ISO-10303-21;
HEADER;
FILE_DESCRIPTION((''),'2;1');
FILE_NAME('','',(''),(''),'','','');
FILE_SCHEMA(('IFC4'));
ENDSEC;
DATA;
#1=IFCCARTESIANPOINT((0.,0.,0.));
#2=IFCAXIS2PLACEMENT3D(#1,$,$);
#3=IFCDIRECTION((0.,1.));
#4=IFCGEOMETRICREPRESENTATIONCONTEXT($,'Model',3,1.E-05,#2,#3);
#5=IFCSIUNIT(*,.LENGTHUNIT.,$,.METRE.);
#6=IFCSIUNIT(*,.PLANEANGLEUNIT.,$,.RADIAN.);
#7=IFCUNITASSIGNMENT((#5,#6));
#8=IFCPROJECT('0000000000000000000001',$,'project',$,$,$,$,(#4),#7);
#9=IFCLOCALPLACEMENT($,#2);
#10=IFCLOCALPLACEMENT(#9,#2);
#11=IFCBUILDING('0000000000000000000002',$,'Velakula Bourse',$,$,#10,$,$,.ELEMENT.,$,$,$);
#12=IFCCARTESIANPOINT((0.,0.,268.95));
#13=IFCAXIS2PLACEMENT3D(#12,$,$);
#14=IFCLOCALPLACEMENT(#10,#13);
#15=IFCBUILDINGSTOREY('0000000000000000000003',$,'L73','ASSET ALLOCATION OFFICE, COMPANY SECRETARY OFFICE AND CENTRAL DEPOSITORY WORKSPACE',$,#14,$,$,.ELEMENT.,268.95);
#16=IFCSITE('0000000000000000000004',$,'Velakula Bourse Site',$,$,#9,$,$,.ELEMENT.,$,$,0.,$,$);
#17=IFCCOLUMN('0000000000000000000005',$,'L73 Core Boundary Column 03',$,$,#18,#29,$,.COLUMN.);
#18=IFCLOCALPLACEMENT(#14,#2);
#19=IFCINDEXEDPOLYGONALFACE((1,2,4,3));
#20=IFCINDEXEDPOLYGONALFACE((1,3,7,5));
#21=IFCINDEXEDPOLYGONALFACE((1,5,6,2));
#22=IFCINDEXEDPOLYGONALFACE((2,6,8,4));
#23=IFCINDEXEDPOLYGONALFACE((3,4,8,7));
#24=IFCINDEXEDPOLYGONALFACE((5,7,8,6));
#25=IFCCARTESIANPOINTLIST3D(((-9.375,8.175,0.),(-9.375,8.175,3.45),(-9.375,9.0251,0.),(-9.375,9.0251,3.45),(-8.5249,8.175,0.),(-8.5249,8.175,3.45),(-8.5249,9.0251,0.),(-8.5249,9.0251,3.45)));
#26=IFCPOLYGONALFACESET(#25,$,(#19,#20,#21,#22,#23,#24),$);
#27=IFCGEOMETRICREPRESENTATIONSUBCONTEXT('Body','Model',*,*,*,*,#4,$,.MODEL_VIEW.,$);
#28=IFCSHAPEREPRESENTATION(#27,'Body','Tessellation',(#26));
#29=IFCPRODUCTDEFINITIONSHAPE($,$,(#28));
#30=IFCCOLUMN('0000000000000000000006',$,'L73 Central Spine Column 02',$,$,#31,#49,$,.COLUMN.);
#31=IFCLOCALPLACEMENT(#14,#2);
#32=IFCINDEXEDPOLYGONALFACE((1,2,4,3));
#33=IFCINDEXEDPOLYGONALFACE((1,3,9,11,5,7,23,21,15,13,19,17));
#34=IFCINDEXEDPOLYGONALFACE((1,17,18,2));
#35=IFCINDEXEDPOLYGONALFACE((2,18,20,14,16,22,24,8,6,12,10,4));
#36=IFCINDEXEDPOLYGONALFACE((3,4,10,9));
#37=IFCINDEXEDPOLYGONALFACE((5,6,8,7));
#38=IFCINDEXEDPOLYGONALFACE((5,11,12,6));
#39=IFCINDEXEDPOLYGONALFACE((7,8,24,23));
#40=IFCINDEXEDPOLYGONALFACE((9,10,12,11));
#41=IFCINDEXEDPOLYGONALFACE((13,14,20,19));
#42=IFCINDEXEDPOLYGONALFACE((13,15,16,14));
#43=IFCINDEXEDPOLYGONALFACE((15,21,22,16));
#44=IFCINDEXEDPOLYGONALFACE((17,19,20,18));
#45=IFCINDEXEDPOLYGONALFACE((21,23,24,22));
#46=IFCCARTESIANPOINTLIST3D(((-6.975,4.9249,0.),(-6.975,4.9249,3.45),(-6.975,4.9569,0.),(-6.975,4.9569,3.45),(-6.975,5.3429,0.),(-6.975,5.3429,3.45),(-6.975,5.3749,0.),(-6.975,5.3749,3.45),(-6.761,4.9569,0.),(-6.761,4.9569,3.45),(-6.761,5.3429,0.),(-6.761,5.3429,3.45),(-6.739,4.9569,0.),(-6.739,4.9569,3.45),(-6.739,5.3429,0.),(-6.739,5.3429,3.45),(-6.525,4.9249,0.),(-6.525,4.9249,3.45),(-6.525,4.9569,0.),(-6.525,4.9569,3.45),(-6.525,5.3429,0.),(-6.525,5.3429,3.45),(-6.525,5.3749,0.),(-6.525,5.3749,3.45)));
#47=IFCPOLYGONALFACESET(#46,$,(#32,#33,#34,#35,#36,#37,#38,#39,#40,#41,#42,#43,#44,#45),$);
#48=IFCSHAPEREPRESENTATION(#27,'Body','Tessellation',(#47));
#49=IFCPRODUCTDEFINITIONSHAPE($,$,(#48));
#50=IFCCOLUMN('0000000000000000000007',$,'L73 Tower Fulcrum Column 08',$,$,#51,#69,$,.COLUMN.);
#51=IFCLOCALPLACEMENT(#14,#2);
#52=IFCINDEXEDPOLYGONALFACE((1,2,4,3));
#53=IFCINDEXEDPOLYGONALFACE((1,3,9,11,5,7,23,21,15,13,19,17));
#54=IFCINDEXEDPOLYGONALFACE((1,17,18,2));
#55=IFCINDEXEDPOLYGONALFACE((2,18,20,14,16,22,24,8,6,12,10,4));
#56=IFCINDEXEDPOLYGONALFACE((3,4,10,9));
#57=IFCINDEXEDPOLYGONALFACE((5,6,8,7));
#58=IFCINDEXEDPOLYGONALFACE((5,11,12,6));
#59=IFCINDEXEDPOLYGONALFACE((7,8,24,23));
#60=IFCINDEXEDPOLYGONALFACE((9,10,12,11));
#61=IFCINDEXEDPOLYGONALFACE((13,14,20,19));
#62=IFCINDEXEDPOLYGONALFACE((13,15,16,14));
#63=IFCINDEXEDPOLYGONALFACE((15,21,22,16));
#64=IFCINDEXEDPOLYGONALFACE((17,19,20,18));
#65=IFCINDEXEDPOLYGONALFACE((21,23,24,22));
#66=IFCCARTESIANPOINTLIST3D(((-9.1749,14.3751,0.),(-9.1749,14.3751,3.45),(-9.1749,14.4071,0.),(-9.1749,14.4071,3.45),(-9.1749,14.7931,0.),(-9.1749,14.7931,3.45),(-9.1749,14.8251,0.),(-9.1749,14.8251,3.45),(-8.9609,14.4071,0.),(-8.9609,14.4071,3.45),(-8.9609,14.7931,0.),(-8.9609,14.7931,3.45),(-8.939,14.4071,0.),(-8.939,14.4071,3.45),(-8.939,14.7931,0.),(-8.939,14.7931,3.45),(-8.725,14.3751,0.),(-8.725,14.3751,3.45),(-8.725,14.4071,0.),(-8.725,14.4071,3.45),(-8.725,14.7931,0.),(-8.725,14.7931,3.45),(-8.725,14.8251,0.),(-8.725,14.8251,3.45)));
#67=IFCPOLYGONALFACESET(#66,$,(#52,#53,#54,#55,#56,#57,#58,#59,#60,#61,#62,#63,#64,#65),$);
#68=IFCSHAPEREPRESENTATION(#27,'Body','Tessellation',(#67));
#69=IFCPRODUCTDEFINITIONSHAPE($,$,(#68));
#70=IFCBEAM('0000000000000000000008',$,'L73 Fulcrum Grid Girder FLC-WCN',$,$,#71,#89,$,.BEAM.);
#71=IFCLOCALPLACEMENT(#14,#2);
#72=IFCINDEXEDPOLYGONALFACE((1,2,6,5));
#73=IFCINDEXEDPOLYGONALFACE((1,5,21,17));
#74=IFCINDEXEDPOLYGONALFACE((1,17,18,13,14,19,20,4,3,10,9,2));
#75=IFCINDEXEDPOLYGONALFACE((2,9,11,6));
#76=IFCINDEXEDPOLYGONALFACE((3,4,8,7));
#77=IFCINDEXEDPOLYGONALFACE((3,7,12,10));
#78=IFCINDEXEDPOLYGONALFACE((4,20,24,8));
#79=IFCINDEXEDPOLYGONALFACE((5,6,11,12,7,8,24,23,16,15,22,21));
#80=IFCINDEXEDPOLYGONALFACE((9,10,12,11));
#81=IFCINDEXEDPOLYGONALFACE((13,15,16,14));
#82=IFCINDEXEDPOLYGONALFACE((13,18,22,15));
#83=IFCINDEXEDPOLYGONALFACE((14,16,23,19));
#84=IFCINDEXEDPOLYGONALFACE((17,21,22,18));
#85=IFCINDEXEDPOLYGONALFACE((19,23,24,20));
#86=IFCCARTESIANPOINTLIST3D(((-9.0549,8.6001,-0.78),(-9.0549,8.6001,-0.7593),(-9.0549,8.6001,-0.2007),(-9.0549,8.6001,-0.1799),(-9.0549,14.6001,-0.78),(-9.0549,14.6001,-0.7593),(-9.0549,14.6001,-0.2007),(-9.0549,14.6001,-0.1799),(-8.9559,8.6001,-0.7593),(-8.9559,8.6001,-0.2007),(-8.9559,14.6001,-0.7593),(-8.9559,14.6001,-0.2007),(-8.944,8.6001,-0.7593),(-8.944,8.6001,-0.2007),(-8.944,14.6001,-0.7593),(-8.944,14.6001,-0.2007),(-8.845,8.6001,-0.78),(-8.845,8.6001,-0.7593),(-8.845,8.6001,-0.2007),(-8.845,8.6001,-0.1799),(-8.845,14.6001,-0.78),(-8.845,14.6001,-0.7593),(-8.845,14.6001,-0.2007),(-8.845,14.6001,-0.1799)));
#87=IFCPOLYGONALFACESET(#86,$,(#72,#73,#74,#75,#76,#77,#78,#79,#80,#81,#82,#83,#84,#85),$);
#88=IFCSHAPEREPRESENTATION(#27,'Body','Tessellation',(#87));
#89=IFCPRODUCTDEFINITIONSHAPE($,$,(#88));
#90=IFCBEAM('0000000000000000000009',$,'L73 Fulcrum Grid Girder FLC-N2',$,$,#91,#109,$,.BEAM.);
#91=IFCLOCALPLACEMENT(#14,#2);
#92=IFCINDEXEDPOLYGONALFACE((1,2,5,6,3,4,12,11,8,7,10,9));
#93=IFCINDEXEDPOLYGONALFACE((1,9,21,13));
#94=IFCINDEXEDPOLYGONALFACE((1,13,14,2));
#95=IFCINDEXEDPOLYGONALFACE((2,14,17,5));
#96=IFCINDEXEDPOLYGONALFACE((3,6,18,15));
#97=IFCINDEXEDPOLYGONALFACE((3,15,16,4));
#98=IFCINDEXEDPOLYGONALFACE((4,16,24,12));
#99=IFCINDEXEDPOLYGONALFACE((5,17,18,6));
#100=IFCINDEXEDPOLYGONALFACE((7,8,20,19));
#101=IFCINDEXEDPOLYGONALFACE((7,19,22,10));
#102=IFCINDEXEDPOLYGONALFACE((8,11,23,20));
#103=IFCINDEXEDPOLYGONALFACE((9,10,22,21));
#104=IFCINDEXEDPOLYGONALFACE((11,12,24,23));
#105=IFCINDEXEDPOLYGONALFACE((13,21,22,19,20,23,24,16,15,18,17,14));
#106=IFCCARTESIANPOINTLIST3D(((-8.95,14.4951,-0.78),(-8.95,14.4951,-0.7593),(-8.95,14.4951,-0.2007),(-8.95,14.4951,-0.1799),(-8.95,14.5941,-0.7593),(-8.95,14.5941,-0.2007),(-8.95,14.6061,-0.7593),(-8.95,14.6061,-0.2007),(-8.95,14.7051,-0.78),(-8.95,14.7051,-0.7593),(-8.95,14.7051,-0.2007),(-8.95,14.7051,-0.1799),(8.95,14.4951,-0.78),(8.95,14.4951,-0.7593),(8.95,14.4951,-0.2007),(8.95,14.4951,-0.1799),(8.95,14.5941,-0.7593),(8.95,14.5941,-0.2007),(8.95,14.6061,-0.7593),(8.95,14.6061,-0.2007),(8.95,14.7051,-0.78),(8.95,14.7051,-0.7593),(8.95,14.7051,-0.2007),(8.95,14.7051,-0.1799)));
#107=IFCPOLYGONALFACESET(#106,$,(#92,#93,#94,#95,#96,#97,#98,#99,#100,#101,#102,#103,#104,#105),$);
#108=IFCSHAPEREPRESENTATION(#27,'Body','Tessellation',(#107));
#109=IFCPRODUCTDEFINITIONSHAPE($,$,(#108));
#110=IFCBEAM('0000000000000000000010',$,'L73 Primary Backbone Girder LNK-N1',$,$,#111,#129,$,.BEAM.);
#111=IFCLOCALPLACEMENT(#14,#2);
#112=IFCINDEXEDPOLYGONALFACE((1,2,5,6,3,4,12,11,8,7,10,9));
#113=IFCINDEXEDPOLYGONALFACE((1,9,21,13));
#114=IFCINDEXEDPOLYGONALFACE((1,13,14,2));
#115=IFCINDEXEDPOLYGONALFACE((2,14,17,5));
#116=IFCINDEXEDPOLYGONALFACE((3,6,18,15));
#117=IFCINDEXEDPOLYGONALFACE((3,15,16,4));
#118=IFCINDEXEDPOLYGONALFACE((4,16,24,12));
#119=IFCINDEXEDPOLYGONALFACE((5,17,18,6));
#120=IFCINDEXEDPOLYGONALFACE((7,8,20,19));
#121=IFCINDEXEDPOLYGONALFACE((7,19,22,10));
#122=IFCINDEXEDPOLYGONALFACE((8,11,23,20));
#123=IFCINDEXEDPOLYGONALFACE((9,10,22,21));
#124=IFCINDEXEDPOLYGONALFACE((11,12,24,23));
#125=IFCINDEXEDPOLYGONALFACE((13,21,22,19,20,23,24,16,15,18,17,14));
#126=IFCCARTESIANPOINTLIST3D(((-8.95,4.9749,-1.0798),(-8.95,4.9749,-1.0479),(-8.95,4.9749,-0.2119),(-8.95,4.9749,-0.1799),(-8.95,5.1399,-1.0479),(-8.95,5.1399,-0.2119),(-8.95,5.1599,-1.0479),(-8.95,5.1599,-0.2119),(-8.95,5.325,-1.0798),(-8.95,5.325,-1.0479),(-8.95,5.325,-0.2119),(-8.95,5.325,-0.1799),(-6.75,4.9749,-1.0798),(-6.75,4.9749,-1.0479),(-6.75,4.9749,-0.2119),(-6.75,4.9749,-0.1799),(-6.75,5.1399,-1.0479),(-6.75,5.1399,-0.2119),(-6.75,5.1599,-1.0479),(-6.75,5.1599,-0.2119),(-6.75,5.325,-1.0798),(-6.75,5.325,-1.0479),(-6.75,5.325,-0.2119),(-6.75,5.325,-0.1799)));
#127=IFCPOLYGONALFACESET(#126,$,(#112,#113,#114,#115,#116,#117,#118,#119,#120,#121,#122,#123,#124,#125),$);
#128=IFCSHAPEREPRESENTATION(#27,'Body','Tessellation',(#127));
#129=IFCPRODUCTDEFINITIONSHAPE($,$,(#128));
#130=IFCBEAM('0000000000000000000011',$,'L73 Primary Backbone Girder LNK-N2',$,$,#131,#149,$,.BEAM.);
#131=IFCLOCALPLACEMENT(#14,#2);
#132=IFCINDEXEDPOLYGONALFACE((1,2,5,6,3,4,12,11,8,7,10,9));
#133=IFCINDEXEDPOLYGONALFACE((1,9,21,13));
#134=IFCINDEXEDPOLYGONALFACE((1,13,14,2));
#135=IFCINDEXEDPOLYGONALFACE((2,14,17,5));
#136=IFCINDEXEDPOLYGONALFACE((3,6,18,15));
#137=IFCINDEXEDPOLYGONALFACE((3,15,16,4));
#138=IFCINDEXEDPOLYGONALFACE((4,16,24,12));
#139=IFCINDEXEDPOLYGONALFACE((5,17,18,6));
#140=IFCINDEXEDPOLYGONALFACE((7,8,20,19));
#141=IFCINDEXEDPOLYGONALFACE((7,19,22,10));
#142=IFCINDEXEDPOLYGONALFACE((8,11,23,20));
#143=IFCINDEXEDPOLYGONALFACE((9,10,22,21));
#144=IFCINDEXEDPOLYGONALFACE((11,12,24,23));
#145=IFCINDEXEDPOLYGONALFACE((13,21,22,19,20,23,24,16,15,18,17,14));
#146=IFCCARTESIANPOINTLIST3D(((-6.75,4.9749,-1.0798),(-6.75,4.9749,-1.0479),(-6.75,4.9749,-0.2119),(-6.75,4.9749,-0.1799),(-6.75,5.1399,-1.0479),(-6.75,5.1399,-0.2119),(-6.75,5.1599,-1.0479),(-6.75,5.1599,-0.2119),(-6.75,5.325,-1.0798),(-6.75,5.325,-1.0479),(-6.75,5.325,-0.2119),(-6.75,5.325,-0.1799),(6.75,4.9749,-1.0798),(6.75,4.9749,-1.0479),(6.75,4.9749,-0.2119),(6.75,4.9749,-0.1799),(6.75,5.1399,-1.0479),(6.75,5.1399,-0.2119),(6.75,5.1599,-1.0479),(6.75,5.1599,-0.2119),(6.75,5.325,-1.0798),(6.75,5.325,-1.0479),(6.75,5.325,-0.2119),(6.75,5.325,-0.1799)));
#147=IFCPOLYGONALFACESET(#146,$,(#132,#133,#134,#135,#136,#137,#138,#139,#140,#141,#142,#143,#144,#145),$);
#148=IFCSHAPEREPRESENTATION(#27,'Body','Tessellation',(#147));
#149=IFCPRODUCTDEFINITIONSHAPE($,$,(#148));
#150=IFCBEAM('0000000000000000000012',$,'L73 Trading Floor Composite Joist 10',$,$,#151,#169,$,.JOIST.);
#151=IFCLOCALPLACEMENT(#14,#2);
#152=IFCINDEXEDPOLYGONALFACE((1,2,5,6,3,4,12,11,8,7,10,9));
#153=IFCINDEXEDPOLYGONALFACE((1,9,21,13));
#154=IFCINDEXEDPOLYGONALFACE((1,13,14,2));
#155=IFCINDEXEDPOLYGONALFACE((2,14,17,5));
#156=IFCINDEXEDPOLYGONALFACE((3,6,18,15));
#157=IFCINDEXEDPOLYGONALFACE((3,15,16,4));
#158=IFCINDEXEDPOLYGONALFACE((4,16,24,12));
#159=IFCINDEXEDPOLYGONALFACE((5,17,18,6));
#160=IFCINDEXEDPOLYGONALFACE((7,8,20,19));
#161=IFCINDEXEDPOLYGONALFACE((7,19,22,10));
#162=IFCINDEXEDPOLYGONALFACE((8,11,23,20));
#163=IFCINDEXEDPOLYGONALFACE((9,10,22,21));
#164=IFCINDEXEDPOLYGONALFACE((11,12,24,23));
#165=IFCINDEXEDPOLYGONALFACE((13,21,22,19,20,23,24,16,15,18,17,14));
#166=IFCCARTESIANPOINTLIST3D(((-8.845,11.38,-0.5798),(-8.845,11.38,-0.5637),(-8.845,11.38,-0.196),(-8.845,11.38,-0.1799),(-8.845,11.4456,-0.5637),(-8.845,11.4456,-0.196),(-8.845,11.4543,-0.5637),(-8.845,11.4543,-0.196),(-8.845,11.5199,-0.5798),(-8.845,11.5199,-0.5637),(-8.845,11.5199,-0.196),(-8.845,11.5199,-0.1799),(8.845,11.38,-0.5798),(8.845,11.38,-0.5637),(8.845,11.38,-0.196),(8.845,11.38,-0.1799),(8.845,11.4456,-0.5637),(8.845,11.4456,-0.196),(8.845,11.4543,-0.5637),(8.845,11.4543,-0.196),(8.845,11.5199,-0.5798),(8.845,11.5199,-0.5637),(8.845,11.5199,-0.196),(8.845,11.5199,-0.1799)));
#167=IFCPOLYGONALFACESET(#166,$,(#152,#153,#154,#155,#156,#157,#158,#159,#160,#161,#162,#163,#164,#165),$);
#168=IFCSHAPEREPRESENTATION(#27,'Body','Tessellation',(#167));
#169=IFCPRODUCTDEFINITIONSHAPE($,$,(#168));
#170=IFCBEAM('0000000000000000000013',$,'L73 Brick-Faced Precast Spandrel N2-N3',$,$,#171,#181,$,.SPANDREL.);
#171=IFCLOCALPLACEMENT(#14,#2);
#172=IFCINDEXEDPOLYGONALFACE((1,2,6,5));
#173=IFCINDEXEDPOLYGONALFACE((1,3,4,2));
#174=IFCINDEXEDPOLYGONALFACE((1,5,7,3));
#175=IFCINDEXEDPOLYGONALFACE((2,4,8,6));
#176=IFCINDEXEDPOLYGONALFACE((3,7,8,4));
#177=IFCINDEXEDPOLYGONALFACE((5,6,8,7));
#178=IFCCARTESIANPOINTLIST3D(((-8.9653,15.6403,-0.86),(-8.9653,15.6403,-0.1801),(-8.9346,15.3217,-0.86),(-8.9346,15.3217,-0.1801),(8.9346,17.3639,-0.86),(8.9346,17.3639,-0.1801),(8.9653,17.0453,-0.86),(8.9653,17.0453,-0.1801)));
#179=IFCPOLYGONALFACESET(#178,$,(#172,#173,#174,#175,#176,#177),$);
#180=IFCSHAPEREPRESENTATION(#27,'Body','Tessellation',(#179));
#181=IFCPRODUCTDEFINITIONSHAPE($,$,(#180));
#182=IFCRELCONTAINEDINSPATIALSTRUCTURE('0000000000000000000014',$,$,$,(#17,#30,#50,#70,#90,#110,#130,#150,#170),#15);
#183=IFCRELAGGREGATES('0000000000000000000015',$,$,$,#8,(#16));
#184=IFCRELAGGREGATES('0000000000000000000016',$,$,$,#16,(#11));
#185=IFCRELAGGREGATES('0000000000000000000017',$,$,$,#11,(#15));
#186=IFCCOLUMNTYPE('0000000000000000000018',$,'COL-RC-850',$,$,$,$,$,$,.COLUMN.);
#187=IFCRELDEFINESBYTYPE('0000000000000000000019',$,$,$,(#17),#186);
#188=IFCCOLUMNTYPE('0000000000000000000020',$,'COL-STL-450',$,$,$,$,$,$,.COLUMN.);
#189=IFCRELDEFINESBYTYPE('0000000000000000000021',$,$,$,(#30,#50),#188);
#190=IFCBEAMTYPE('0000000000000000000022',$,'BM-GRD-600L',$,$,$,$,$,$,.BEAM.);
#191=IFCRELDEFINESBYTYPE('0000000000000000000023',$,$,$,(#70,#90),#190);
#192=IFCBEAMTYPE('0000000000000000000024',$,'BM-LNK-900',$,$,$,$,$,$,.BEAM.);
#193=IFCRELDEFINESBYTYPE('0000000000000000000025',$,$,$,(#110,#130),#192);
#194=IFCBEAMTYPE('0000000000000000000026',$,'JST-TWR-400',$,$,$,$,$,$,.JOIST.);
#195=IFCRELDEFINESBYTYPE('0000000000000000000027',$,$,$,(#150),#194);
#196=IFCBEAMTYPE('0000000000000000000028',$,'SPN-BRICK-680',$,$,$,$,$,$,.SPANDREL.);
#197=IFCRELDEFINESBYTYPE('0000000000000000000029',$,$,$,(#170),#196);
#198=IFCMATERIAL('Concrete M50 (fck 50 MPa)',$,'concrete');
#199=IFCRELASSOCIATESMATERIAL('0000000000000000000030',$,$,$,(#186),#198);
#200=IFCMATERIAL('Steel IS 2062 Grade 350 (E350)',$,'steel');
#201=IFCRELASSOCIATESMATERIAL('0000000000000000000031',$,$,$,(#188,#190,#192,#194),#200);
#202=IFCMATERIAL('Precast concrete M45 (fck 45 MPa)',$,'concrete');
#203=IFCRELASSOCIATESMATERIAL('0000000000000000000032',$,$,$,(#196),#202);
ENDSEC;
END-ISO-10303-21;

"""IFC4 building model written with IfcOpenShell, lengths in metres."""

from ifc_helpers import new_model, si_unit, direction, frame, origin, origin_2d, place, context, subcontext, project, spatial, rectangle, i_section, extrude, material, material_profile, profile_set, type_object, element, save


model = new_model("IFC4")

# Units and contexts
model_context = context("Model", 3, precision=1e-05, world=origin(), true_north=direction((0.0, 1.0)))
body_context = subcontext(model_context, "Body", "Model", "MODEL_VIEW")
ifc_project = project(units=[si_unit("LENGTHUNIT", "METRE"), si_unit("PLANEANGLEUNIT", "RADIAN")], contexts=[model_context])

# Site, building, storey
site_placement = place(None, origin())
site = spatial("IfcSite", under=ifc_project, at=site_placement, Name="Velakula Bourse Site", CompositionType="ELEMENT", RefElevation=0.0)
building_placement = place(site_placement, origin())
building = spatial("IfcBuilding", under=site, at=building_placement, Name="Velakula Bourse", CompositionType="ELEMENT")
storey_placement = place(building_placement, frame((0.0, 0.0, 268.95)))
storey = spatial("IfcBuildingStorey", under=building, at=storey_placement, Name="L73", Description="ASSET ALLOCATION OFFICE, COMPANY SECRETARY OFFICE AND CENTRAL DEPOSITORY WORKSPACE", CompositionType="ELEMENT", Elevation=268.95)

# Columns
ifc_material_1 = material(Name="Concrete M50 (fck 50 MPa)", Category="concrete")
ifc_material_profile_1 = material_profile(ifc_material_1, rectangle(XDim=0.8501, YDim=0.8501, at=origin_2d()), Name="Concrete M50 (fck 50 MPa)")
ifc_profile_set_1 = profile_set([ifc_material_profile_1], Name="Concrete M50 (fck 50 MPa)")
column_type_1 = type_object("IfcColumnType", Name="COL-RC-850", PredefinedType="COLUMN", material=ifc_profile_set_1)
column_placement = place(storey_placement, frame((-8.95, 8.6001, 0.0), z_axis=(0.0, 0.0, 1.0), x_axis=(1.0, 0.0, 0.0)))
element("IfcColumn", 1, at=column_placement, inside=storey, type_object=column_type_1, Name="L73 Core Boundary Column 03", PredefinedType="COLUMN", context=body_context, shape_type="SweptSolid", body=[
    extrude(rectangle(XDim=0.8501, YDim=0.8501, at=origin_2d()), origin(), (0.0, 0.0, 1.0), 3.45),
])
ifc_material_2 = material(Name="Steel IS 2062 Grade 350 (E350)", Category="steel")
ifc_material_profile_2 = material_profile(ifc_material_2, i_section(OverallWidth=0.45, OverallDepth=0.45, WebThickness=0.022, FlangeThickness=0.032, at=origin_2d()), Name="Steel IS 2062 Grade 350 (E350)")
ifc_profile_set_2 = profile_set([ifc_material_profile_2], Name="Steel IS 2062 Grade 350 (E350)")
column_type_2 = type_object("IfcColumnType", Name="COL-STL-450", PredefinedType="COLUMN", material=ifc_profile_set_2)
for number, where, z_axis, x_axis, name in (
    (2, (-6.75, 5.1499, 0.0), (0.0, 0.0, 1.0), (1.0, 0.0, 0.0), "L73 Central Spine Column 02"),
    (3, (-8.95, 14.6001, 0.0), (0.0, 0.0, 1.0), (1.0, 0.0, 0.0), "L73 Tower Fulcrum Column 08"),
):
    element("IfcColumn", number, at=place(storey_placement, frame(where, z_axis=z_axis, x_axis=x_axis)), inside=storey, type_object=column_type_2, Name=name, PredefinedType="COLUMN", context=body_context, shape_type="SweptSolid", body=[
        extrude(i_section(OverallWidth=0.45, OverallDepth=0.45, WebThickness=0.022, FlangeThickness=0.032, at=origin_2d()), origin(), (0.0, 0.0, 1.0), 3.45),
    ])

# Beams
ifc_material_profile_3 = material_profile(ifc_material_2, i_section(OverallWidth=0.21, OverallDepth=0.6001, WebThickness=0.012, FlangeThickness=0.0208, at=origin_2d()), Name="Steel IS 2062 Grade 350 (E350)")
ifc_profile_set_3 = profile_set([ifc_material_profile_3], Name="Steel IS 2062 Grade 350 (E350)")
beam_type_1 = type_object("IfcBeamType", Name="BM-GRD-600L", PredefinedType="BEAM", material=ifc_profile_set_3)
beam_1_placement = place(storey_placement, frame((-8.95, 8.6001, -0.48), z_axis=(0.0, 1.0, 0.0), x_axis=(-1.0, 0.0, 0.0)))
element("IfcBeam", 4, at=beam_1_placement, inside=storey, type_object=beam_type_1, Name="L73 Fulcrum Grid Girder FLC-WCN", PredefinedType="BEAM", context=body_context, shape_type="SweptSolid", body=[
    extrude(i_section(OverallWidth=0.21, OverallDepth=0.6001, WebThickness=0.012, FlangeThickness=0.0208, at=origin_2d()), origin(), (0.0, 0.0, 1.0), 6.0),
])
beam_2_placement = place(storey_placement, frame((-8.95, 14.6001, -0.48), z_axis=(1.0, 0.0, 0.0), x_axis=(0.0, 1.0, 0.0)))
element("IfcBeam", 5, at=beam_2_placement, inside=storey, type_object=beam_type_1, Name="L73 Fulcrum Grid Girder FLC-N2", PredefinedType="BEAM", context=body_context, shape_type="SweptSolid", body=[
    extrude(i_section(OverallWidth=0.21, OverallDepth=0.6001, WebThickness=0.012, FlangeThickness=0.0208, at=origin_2d()), origin(), (0.0, 0.0, 1.0), 17.8999),
])
ifc_material_profile_4 = material_profile(ifc_material_2, i_section(OverallWidth=0.3501, OverallDepth=0.8999, WebThickness=0.02, FlangeThickness=0.032, at=origin_2d()), Name="Steel IS 2062 Grade 350 (E350)")
ifc_profile_set_4 = profile_set([ifc_material_profile_4], Name="Steel IS 2062 Grade 350 (E350)")
beam_type_2 = type_object("IfcBeamType", Name="BM-LNK-900", PredefinedType="BEAM", material=ifc_profile_set_4)
beam_3_placement = place(storey_placement, frame((-8.95, 5.1499, -0.6299), z_axis=(1.0, 0.0, 0.0), x_axis=(0.0, 1.0, 0.0)))
element("IfcBeam", 6, at=beam_3_placement, inside=storey, type_object=beam_type_2, Name="L73 Primary Backbone Girder LNK-N1", PredefinedType="BEAM", context=body_context, shape_type="SweptSolid", body=[
    extrude(i_section(OverallWidth=0.3501, OverallDepth=0.8999, WebThickness=0.02, FlangeThickness=0.032, at=origin_2d()), origin(), (0.0, 0.0, 1.0), 2.2),
])
beam_4_placement = place(storey_placement, frame((-6.75, 5.1499, -0.6299), z_axis=(1.0, 0.0, 0.0), x_axis=(0.0, 1.0, 0.0)))
element("IfcBeam", 7, at=beam_4_placement, inside=storey, type_object=beam_type_2, Name="L73 Primary Backbone Girder LNK-N2", PredefinedType="BEAM", context=body_context, shape_type="SweptSolid", body=[
    extrude(i_section(OverallWidth=0.3501, OverallDepth=0.8999, WebThickness=0.02, FlangeThickness=0.032, at=origin_2d()), origin(), (0.0, 0.0, 1.0), 13.5),
])
ifc_material_profile_5 = material_profile(ifc_material_2, i_section(OverallWidth=0.1399, OverallDepth=0.3999, WebThickness=0.0088, FlangeThickness=0.0161, at=origin_2d()), Name="Steel IS 2062 Grade 350 (E350)")
ifc_profile_set_5 = profile_set([ifc_material_profile_5], Name="Steel IS 2062 Grade 350 (E350)")
beam_type_3 = type_object("IfcBeamType", Name="JST-TWR-400", PredefinedType="JOIST", material=ifc_profile_set_5)
beam_5_placement = place(storey_placement, frame((-8.845, 11.45, -0.3799), z_axis=(1.0, 0.0, 0.0), x_axis=(0.0, 1.0, 0.0)))
element("IfcBeam", 8, at=beam_5_placement, inside=storey, type_object=beam_type_3, Name="L73 Trading Floor Composite Joist 10", PredefinedType="JOIST", context=body_context, shape_type="SweptSolid", body=[
    extrude(i_section(OverallWidth=0.1399, OverallDepth=0.3999, WebThickness=0.0088, FlangeThickness=0.0161, at=origin_2d()), origin(), (0.0, 0.0, 1.0), 17.6899),
])
ifc_material_3 = material(Name="Precast concrete M45 (fck 45 MPa)", Category="concrete")
ifc_material_profile_6 = material_profile(ifc_material_3, rectangle(XDim=0.3201, YDim=0.6799, at=origin_2d()), Name="Precast concrete M45 (fck 45 MPa)")
ifc_profile_set_6 = profile_set([ifc_material_profile_6], Name="Precast concrete M45 (fck 45 MPa)")
beam_type_4 = type_object("IfcBeamType", Name="SPN-BRICK-680", PredefinedType="SPANDREL", material=ifc_profile_set_6)
beam_6_placement = place(storey_placement, frame((-8.95, 15.481, -0.52), z_axis=(0.995396, 0.09585, 0.0), x_axis=(-0.09585, 0.995396, 0.0)))
element("IfcBeam", 9, at=beam_6_placement, inside=storey, type_object=beam_type_4, Name="L73 Brick-Faced Precast Spandrel N2-N3", PredefinedType="SPANDREL", context=body_context, shape_type="SweptSolid", body=[
    extrude(rectangle(XDim=0.3201, YDim=0.6799, at=origin_2d()), origin(), (0.0, 0.0, 1.0), 17.9827),
])

save(model, "model.ifc")
